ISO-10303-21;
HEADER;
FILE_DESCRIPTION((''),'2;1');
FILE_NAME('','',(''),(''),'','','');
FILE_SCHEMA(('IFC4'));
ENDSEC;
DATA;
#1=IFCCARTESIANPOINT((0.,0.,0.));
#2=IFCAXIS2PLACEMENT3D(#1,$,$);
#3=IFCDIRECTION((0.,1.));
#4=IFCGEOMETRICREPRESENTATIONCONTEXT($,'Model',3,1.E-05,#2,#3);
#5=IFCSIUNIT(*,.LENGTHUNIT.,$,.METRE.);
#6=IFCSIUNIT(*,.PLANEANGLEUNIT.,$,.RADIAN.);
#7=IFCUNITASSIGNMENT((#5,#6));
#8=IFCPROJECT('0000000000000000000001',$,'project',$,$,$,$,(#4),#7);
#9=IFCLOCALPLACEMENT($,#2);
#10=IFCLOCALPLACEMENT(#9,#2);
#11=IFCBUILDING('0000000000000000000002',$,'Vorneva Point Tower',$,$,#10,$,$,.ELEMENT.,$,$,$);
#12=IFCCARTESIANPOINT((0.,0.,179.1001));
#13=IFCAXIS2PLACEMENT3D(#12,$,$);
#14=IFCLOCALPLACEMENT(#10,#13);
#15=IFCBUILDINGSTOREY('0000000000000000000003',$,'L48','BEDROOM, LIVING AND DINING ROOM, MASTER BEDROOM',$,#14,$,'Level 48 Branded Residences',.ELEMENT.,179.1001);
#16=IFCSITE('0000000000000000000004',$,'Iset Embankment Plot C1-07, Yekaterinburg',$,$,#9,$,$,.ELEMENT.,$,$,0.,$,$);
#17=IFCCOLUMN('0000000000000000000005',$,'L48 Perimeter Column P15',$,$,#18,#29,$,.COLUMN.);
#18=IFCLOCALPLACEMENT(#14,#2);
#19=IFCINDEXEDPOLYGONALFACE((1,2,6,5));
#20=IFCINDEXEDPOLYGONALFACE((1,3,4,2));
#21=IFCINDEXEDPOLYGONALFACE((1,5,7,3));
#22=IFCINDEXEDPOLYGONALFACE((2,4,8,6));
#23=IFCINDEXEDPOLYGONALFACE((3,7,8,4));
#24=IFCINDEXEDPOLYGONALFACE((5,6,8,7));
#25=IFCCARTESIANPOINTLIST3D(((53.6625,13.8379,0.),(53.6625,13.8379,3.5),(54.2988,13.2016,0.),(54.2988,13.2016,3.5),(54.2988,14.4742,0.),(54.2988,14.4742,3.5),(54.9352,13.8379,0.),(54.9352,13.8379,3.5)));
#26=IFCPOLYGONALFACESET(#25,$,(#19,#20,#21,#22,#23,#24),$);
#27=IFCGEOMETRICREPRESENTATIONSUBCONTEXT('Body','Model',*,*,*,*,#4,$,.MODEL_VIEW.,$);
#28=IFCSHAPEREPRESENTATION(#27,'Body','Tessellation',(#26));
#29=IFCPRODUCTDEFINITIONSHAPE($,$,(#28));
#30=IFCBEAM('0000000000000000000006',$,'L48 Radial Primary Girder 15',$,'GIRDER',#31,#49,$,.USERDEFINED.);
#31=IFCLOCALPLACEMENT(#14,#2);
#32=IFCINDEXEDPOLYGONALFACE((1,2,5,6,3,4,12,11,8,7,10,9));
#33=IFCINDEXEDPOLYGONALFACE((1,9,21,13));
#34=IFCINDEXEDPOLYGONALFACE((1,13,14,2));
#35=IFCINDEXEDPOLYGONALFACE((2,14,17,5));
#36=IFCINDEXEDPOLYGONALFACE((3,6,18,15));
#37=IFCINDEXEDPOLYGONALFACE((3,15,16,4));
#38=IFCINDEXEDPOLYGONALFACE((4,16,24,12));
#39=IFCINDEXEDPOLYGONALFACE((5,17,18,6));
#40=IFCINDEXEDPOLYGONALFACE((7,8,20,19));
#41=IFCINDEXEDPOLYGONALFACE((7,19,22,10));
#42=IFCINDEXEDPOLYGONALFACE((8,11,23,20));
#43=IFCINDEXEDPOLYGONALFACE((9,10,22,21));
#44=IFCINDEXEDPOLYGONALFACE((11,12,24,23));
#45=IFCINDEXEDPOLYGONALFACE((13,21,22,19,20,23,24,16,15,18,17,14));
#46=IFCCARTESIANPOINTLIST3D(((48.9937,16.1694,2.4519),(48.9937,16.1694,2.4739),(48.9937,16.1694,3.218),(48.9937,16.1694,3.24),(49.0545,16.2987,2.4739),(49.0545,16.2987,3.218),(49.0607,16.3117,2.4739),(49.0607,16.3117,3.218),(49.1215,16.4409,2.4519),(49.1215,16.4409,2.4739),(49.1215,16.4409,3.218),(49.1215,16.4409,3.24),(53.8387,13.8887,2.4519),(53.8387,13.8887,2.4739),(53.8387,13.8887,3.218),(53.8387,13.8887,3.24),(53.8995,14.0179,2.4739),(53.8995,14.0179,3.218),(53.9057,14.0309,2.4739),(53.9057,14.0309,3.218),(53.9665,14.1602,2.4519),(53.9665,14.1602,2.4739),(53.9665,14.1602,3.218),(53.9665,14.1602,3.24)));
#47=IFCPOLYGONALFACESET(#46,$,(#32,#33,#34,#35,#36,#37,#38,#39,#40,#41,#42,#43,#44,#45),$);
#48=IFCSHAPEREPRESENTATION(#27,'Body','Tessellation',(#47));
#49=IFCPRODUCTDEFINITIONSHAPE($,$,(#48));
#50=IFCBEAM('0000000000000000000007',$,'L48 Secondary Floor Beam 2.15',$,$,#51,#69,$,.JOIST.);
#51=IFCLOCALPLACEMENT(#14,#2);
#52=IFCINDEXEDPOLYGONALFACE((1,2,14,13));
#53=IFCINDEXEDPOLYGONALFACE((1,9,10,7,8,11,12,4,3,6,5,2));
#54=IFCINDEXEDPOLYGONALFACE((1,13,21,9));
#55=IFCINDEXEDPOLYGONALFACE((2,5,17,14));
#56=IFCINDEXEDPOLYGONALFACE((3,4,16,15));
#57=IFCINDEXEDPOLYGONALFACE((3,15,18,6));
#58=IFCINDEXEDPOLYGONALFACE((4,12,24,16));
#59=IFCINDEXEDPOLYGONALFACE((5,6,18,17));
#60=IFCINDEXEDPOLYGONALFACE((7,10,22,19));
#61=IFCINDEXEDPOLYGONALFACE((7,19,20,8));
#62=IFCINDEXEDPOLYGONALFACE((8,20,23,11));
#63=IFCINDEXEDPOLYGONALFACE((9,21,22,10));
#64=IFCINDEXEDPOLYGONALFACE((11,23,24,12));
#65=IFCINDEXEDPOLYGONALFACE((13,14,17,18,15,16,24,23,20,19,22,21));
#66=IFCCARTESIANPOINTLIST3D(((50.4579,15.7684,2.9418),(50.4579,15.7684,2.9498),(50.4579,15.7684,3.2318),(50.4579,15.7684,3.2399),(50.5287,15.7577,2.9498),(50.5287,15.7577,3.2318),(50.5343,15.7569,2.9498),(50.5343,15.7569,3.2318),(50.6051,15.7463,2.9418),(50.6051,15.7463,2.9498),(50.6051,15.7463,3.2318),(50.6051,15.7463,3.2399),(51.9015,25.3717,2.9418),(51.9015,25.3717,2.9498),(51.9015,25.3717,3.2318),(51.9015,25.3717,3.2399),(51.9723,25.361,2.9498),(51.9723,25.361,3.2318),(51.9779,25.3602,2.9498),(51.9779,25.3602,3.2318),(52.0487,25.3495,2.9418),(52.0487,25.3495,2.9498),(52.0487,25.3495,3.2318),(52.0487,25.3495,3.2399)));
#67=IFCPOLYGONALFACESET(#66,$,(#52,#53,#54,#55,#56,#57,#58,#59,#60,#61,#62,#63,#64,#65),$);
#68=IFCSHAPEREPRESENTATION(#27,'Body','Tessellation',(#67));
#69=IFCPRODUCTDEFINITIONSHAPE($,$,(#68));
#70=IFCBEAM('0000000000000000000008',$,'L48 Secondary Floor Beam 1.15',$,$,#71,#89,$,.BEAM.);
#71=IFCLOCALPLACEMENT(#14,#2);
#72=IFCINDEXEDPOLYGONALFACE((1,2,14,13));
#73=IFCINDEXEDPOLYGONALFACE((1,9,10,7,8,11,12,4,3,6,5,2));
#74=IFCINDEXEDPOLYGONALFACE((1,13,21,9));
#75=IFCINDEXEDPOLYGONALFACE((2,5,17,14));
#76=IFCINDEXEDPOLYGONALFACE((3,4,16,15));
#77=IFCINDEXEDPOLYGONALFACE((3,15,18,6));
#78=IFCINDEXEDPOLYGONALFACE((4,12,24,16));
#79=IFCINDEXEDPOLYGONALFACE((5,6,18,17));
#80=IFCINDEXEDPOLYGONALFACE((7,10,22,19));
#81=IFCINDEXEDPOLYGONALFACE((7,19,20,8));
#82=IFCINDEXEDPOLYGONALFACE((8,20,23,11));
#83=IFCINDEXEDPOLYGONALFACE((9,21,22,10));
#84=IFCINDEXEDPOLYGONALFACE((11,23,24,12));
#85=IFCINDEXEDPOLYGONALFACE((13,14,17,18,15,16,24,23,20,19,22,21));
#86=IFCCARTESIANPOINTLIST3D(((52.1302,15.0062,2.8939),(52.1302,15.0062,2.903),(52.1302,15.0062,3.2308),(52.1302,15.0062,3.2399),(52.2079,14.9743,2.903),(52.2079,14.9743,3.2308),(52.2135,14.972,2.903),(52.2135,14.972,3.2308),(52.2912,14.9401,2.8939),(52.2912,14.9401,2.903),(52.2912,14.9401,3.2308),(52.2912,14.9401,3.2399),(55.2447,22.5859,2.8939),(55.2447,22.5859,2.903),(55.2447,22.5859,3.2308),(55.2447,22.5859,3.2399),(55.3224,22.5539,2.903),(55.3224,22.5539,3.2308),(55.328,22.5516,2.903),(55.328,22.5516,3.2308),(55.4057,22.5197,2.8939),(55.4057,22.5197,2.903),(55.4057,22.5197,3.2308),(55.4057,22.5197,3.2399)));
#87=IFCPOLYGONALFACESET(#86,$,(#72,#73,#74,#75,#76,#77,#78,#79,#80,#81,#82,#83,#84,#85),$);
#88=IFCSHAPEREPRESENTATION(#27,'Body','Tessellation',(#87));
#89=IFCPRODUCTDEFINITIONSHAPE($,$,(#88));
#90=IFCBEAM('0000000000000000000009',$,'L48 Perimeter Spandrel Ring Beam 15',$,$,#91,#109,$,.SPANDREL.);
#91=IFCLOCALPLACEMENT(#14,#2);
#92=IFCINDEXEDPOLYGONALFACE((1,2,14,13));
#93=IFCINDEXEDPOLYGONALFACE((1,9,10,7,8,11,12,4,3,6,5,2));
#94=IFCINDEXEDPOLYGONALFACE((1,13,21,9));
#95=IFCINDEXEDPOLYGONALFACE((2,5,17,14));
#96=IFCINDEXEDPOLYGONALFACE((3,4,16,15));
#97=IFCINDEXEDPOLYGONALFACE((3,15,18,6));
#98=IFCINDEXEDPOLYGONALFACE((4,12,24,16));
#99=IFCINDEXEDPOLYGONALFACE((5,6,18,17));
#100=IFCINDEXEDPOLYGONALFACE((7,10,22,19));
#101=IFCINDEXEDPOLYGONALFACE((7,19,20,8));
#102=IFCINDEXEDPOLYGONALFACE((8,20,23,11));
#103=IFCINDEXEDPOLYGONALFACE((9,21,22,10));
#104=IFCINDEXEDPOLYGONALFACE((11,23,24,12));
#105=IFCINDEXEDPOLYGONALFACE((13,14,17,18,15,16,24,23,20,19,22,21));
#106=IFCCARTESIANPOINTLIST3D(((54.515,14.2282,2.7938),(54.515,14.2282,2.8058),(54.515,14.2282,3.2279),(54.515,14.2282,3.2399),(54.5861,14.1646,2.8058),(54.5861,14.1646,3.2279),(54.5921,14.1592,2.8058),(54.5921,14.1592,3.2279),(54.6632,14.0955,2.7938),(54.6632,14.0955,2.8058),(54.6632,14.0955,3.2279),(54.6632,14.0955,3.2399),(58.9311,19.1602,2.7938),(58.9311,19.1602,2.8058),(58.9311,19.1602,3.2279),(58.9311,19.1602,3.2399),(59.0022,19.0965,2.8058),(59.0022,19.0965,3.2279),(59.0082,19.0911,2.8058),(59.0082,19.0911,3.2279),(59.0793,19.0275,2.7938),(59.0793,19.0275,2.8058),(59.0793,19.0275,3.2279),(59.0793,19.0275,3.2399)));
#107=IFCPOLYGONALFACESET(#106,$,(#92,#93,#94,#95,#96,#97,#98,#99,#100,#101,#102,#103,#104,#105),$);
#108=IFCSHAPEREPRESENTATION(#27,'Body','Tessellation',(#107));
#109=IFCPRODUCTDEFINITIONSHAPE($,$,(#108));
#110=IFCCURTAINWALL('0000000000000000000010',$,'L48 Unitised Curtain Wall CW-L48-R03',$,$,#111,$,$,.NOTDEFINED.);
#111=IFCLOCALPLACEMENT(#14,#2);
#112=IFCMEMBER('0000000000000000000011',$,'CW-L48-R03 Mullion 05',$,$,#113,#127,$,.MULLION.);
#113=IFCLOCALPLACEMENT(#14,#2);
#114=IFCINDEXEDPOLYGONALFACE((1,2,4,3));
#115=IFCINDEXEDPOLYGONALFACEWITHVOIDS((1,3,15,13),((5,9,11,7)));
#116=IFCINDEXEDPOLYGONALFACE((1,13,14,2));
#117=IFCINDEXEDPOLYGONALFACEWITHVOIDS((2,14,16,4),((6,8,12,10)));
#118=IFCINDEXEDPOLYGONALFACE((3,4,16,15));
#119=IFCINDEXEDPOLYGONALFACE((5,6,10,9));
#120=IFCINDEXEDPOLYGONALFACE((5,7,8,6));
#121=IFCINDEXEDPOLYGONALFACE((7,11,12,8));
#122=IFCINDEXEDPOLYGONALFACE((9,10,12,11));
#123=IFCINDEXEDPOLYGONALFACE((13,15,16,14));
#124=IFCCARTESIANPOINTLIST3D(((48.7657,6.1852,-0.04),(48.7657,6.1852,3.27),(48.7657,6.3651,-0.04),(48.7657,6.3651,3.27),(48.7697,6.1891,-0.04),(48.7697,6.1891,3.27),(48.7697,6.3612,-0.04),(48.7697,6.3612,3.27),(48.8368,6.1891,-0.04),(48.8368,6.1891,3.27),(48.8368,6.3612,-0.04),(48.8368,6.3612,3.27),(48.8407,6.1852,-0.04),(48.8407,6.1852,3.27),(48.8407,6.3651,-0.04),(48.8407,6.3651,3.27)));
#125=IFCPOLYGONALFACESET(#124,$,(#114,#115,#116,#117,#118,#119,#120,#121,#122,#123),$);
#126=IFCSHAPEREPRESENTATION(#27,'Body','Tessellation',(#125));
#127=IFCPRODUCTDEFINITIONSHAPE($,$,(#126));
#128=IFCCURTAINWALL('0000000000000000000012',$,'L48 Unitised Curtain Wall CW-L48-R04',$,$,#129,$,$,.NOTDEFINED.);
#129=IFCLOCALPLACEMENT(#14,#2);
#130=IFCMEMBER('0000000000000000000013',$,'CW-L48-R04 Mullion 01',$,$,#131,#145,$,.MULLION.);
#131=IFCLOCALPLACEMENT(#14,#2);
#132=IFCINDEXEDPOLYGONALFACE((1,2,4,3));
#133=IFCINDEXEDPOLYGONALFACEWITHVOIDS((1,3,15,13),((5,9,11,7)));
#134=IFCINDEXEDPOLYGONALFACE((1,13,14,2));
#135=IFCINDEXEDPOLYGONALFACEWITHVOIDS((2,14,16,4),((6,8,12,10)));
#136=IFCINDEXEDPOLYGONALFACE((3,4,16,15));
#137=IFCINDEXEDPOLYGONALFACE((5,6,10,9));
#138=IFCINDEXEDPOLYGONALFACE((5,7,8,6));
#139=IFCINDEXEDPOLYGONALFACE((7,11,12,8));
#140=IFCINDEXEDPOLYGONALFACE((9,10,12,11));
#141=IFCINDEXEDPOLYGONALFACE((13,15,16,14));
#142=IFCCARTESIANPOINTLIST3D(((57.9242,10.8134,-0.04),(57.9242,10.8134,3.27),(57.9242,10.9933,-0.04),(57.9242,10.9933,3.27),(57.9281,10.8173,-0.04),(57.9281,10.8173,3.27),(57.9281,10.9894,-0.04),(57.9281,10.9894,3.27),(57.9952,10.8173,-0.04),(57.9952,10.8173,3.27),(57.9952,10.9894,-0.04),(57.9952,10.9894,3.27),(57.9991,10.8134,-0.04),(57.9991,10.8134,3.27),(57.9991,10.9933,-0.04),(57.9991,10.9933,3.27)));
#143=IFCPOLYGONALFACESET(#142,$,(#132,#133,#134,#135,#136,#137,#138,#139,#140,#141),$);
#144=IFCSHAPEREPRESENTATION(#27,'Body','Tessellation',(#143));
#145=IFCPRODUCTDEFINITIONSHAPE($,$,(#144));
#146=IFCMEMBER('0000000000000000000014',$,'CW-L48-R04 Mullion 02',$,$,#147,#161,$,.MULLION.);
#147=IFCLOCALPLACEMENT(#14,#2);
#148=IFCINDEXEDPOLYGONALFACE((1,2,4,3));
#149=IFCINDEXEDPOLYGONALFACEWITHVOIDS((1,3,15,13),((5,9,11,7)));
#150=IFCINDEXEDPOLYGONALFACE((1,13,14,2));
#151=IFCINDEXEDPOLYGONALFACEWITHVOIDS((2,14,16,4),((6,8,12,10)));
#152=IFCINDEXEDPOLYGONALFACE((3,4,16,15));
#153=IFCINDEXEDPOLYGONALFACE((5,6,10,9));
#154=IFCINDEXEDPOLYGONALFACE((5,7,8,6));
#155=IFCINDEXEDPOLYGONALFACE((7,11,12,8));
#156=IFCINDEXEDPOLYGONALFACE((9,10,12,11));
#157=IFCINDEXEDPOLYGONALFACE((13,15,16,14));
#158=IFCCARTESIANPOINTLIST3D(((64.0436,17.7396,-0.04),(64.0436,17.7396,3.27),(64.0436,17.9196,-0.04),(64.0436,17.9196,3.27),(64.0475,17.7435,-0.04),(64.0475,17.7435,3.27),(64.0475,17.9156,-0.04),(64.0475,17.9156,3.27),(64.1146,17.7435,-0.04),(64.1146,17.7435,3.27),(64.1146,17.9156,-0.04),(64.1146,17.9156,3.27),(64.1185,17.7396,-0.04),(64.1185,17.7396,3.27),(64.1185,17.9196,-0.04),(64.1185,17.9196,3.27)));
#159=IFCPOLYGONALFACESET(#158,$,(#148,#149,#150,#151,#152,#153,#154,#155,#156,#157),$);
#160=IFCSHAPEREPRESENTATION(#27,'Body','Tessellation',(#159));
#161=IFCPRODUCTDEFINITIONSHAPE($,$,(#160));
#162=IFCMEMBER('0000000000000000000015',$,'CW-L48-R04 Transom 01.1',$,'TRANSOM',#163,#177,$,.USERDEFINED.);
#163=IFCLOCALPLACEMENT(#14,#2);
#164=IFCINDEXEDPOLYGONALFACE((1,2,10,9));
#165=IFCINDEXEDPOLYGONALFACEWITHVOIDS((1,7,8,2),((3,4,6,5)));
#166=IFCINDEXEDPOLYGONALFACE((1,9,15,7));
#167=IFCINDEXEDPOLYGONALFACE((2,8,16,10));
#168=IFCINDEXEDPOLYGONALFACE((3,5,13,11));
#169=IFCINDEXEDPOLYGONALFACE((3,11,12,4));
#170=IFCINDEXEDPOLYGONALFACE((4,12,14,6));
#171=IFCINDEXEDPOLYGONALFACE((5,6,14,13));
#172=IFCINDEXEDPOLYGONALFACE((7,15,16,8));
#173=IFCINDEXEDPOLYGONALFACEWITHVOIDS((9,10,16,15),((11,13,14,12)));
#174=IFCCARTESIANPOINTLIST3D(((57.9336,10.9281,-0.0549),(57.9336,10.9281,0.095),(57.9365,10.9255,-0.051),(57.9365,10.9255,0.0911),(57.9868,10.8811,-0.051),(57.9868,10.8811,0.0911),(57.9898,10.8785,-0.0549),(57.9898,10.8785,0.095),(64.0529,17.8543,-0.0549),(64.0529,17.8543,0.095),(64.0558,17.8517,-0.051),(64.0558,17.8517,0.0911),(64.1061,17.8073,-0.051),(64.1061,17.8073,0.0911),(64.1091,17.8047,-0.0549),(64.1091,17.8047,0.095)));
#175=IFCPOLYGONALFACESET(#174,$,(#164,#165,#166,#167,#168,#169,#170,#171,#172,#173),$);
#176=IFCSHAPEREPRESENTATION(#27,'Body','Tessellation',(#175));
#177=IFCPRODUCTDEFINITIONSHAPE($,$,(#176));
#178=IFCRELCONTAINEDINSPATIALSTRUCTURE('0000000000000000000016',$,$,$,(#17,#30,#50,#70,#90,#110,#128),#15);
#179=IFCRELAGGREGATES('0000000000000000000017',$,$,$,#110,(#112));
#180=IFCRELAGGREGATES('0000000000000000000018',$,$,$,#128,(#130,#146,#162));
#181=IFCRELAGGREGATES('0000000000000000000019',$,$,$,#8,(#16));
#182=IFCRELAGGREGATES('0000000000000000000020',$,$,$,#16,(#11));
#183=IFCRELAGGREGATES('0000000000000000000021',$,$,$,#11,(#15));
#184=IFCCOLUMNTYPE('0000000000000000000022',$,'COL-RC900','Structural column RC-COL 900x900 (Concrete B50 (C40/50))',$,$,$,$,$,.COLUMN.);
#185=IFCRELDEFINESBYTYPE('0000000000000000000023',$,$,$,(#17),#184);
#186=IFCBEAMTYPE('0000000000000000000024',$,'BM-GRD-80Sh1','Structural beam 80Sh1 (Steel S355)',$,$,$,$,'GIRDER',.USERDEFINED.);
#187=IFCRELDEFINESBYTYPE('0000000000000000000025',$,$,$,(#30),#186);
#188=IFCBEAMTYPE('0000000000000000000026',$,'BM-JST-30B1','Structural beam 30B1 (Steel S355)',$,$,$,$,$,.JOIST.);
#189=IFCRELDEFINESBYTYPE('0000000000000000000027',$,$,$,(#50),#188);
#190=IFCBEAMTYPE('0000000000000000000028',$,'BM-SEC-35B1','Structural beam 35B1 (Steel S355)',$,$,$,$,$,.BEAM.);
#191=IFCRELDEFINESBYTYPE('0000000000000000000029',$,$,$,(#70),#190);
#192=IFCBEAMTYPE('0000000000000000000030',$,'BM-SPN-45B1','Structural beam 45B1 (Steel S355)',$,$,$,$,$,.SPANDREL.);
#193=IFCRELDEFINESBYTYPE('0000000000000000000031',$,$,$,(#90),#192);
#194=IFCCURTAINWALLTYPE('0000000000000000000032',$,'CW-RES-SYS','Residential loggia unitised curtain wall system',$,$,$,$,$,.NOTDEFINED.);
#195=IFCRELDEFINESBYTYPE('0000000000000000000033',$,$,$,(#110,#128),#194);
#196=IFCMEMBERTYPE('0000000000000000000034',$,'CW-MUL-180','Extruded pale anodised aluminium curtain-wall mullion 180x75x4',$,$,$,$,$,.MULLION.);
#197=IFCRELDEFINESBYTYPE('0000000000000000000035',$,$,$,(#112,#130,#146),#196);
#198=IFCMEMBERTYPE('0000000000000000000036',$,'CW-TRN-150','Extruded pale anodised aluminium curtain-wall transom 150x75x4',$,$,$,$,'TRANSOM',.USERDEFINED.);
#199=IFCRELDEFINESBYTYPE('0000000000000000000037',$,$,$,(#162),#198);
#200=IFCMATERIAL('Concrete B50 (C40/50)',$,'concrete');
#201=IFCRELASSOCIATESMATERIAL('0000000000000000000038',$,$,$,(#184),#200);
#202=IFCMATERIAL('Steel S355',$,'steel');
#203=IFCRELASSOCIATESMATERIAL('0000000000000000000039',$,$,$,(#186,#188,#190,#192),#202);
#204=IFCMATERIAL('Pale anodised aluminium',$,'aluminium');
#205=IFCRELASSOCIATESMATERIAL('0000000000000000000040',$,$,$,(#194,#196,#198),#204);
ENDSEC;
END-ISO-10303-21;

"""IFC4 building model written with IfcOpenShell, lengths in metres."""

from ifc_helpers import new_model, si_unit, direction, frame, origin, origin_2d, place, context, subcontext, project, spatial, rectangle, hollow_rectangle, i_section, extrude, material, material_profile, profile_set, type_object, element, aggregate, save


model = new_model("IFC4")

# Units and contexts
model_context = context("Model", 3, precision=1e-05, world=origin(), true_north=direction((0.0, 1.0)))
body_context = subcontext(model_context, "Body", "Model", "MODEL_VIEW")
ifc_project = project(units=[si_unit("LENGTHUNIT", "METRE"), si_unit("PLANEANGLEUNIT", "RADIAN")], contexts=[model_context])

# Site, building, storey
site_placement = place(None, origin())
site = spatial("IfcSite", under=ifc_project, at=site_placement, Name="Iset Embankment Plot C1-07, Yekaterinburg", CompositionType="ELEMENT", RefElevation=0.0)
building_placement = place(site_placement, origin())
building = spatial("IfcBuilding", under=site, at=building_placement, Name="Vorneva Point Tower", CompositionType="ELEMENT")
storey_placement = place(building_placement, frame((0.0, 0.0, 179.1001)))
storey = spatial("IfcBuildingStorey", under=building, at=storey_placement, Name="L48", Description="BEDROOM, LIVING AND DINING ROOM, MASTER BEDROOM", LongName="Level 48 Branded Residences", CompositionType="ELEMENT", Elevation=179.1001)

# Column
ifc_material_1 = material(Name="Concrete B50 (C40/50)", Category="concrete")
ifc_material_profile_1 = material_profile(ifc_material_1, rectangle(XDim=0.8999, YDim=0.8999, at=origin_2d()), Name="RC-COL 900x900")
ifc_profile_set_1 = profile_set([ifc_material_profile_1], Name="Concrete B50 (C40/50)")
column_type = type_object("IfcColumnType", Name="COL-RC900", Description="Structural column RC-COL 900x900 (Concrete B50 (C40/50))", PredefinedType="COLUMN", material=ifc_profile_set_1)
column_placement = place(storey_placement, frame((54.2988, 13.8379, 0.0), z_axis=(0.0, 0.0, 1.0), x_axis=(0.707107, -0.707107, 0.0)))
element("IfcColumn", 1, at=column_placement, inside=storey, type_object=column_type, Name="L48 Perimeter Column P15", PredefinedType="COLUMN", context=body_context, shape_type="SweptSolid", body=[
    extrude(rectangle(XDim=0.8999, YDim=0.8999, at=origin_2d()), origin(), (0.0, 0.0, 1.0), 3.5),
])

# Beams
ifc_material_2 = material(Name="Steel S355", Category="steel")
ifc_material_profile_2 = material_profile(ifc_material_2, i_section(OverallWidth=0.3, OverallDepth=0.7881, WebThickness=0.0144, FlangeThickness=0.022, at=origin_2d()), Name="80Sh1")
ifc_profile_set_2 = profile_set([ifc_material_profile_2], Name="Steel S355")
beam_type_1 = type_object("IfcBeamType", Name="BM-GRD-80Sh1", Description="Structural beam 80Sh1 (Steel S355)", ElementType="GIRDER", PredefinedType="USERDEFINED", material=ifc_profile_set_2)
beam_1_placement = place(storey_placement, frame((53.9026, 14.0244, 2.8459), z_axis=(-0.904763, 0.425916, 0.0), x_axis=(-0.425916, -0.904763, 0.0)))
element("IfcBeam", 2, at=beam_1_placement, inside=storey, type_object=beam_type_1, Name="L48 Radial Primary Girder 15", ObjectType="GIRDER", PredefinedType="USERDEFINED", context=body_context, shape_type="SweptSolid", body=[
    extrude(i_section(OverallWidth=0.3, OverallDepth=0.7881, WebThickness=0.0144, FlangeThickness=0.022, at=origin_2d()), origin(), (0.0, 0.0, 1.0), 5.355),
])
ifc_material_profile_3 = material_profile(ifc_material_2, i_section(OverallWidth=0.1489, OverallDepth=0.2981, WebThickness=0.0056, FlangeThickness=0.0081, at=origin_2d()), Name="30B1")
ifc_profile_set_3 = profile_set([ifc_material_profile_3], Name="Steel S355")
beam_type_2 = type_object("IfcBeamType", Name="BM-JST-30B1", Description="Structural beam 30B1 (Steel S355)", PredefinedType="JOIST", material=ifc_profile_set_3)
beam_2_placement = place(storey_placement, frame((50.5315, 15.7573, 3.0908), z_axis=(0.148654, 0.988889, 0.0), x_axis=(-0.988889, 0.148654, 0.0)))
element("IfcBeam", 3, at=beam_2_placement, inside=storey, type_object=beam_type_2, Name="L48 Secondary Floor Beam 2.15", PredefinedType="JOIST", context=body_context, shape_type="SweptSolid", body=[
    extrude(i_section(OverallWidth=0.1489, OverallDepth=0.2981, WebThickness=0.0056, FlangeThickness=0.0081, at=origin_2d()), origin(), (0.0, 0.0, 1.0), 9.7112),
])
ifc_material_profile_4 = material_profile(ifc_material_2, i_section(OverallWidth=0.1741, OverallDepth=0.3459, WebThickness=0.0061, FlangeThickness=0.009, at=origin_2d()), Name="35B1")
ifc_profile_set_4 = profile_set([ifc_material_profile_4], Name="Steel S355")
beam_type_3 = type_object("IfcBeamType", Name="BM-SEC-35B1", Description="Structural beam 35B1 (Steel S355)", PredefinedType="BEAM", material=ifc_profile_set_4)
beam_3_placement = place(storey_placement, frame((52.2107, 14.9731, 3.0669), z_axis=(0.380071, 0.924957, 0.0), x_axis=(-0.924957, 0.380071, 0.0)))
element("IfcBeam", 4, at=beam_3_placement, inside=storey, type_object=beam_type_3, Name="L48 Secondary Floor Beam 1.15", PredefinedType="BEAM", context=body_context, shape_type="SweptSolid", body=[
    extrude(i_section(OverallWidth=0.1741, OverallDepth=0.3459, WebThickness=0.0061, FlangeThickness=0.009, at=origin_2d()), origin(), (0.0, 0.0, 1.0), 8.1946),
])
ifc_material_profile_5 = material_profile(ifc_material_2, i_section(OverallWidth=0.199, OverallDepth=0.446, WebThickness=0.0081, FlangeThickness=0.012, at=origin_2d()), Name="45B1")
ifc_profile_set_5 = profile_set([ifc_material_profile_5], Name="Steel S355")
beam_type_4 = type_object("IfcBeamType", Name="BM-SPN-45B1", Description="Structural beam 45B1 (Steel S355)", PredefinedType="SPANDREL", material=ifc_profile_set_5)
beam_4_placement = place(storey_placement, frame((54.5891, 14.1619, 3.0168), z_axis=(0.66707, 0.744995, 0.0), x_axis=(-0.744995, 0.66707, 0.0)))
element("IfcBeam", 5, at=beam_4_placement, inside=storey, type_object=beam_type_4, Name="L48 Perimeter Spandrel Ring Beam 15", PredefinedType="SPANDREL", context=body_context, shape_type="SweptSolid", body=[
    extrude(i_section(OverallWidth=0.199, OverallDepth=0.446, WebThickness=0.0081, FlangeThickness=0.012, at=origin_2d()), origin(), (0.0, 0.0, 1.0), 6.6201),
])

# Curtain wall, member
ifc_material_3 = material(Name="Pale anodised aluminium", Category="aluminium")
curtain_wall_type = type_object("IfcCurtainWallType", Name="CW-RES-SYS", Description="Residential loggia unitised curtain wall system", PredefinedType="NOTDEFINED", material=ifc_material_3)
curtain_wall_1_placement = place(storey_placement, origin())
curtain_wall_1 = element("IfcCurtainWall", 6, at=curtain_wall_1_placement, inside=storey, type_object=curtain_wall_type, Name="L48 Unitised Curtain Wall CW-L48-R03", PredefinedType="NOTDEFINED")
ifc_material_profile_6 = material_profile(ifc_material_3, hollow_rectangle(XDim=0.075, YDim=0.1799, WallThickness=0.0039, at=origin_2d()), Name="AL-MUL 180x75x4")
ifc_profile_set_6 = profile_set([ifc_material_profile_6], Name="Pale anodised aluminium")
member_type_1 = type_object("IfcMemberType", Name="CW-MUL-180", Description="Extruded pale anodised aluminium curtain-wall mullion 180x75x4", PredefinedType="MULLION", material=ifc_profile_set_6)
member_1_placement = place(storey_placement, frame((48.8032, 6.2751, -0.04), z_axis=(0.0, 0.0, 1.0), x_axis=(1.0, 0.0, 0.0)))
member_1 = element("IfcMember", 7, at=member_1_placement, type_object=member_type_1, Name="CW-L48-R03 Mullion 05", PredefinedType="MULLION", context=body_context, shape_type="SweptSolid", body=[
    extrude(hollow_rectangle(XDim=0.075, YDim=0.1799, WallThickness=0.0039, at=origin_2d()), origin(), (0.0, 0.0, 1.0), 3.3101),
])
aggregate(curtain_wall_1, [member_1])

# Curtain wall, members
curtain_wall_2_placement = place(storey_placement, origin())
curtain_wall_2 = element("IfcCurtainWall", 8, at=curtain_wall_2_placement, inside=storey, type_object=curtain_wall_type, Name="L48 Unitised Curtain Wall CW-L48-R04", PredefinedType="NOTDEFINED")
member_2_placement = place(storey_placement, frame((57.9617, 10.9033, -0.04), z_axis=(0.0, 0.0, 1.0), x_axis=(1.0, 0.0, 0.0)))
member_2 = element("IfcMember", 9, at=member_2_placement, type_object=member_type_1, Name="CW-L48-R04 Mullion 01", PredefinedType="MULLION", context=body_context, shape_type="SweptSolid", body=[
    extrude(hollow_rectangle(XDim=0.075, YDim=0.1799, WallThickness=0.0039, at=origin_2d()), origin(), (0.0, 0.0, 1.0), 3.3101),
])
member_3_placement = place(storey_placement, frame((64.0811, 17.8296, -0.04), z_axis=(0.0, 0.0, 1.0), x_axis=(1.0, 0.0, 0.0)))
member_3 = element("IfcMember", 10, at=member_3_placement, type_object=member_type_1, Name="CW-L48-R04 Mullion 02", PredefinedType="MULLION", context=body_context, shape_type="SweptSolid", body=[
    extrude(hollow_rectangle(XDim=0.075, YDim=0.1799, WallThickness=0.0039, at=origin_2d()), origin(), (0.0, 0.0, 1.0), 3.3101),
])
ifc_material_profile_7 = material_profile(ifc_material_3, hollow_rectangle(XDim=0.075, YDim=0.1499, WallThickness=0.0039, at=origin_2d()), Name="AL-TRN 150x75x4")
ifc_profile_set_7 = profile_set([ifc_material_profile_7], Name="Pale anodised aluminium")
member_type_2 = type_object("IfcMemberType", Name="CW-TRN-150", Description="Extruded pale anodised aluminium curtain-wall transom 150x75x4", ElementType="TRANSOM", PredefinedType="USERDEFINED", material=ifc_profile_set_7)
member_4_placement = place(storey_placement, frame((57.9617, 10.9033, 0.02), z_axis=(0.662106, 0.74941, 0.0), x_axis=(-0.74941, 0.662106, 0.0)))
member_4 = element("IfcMember", 11, at=member_4_placement, type_object=member_type_2, Name="CW-L48-R04 Transom 01.1", ObjectType="TRANSOM", PredefinedType="USERDEFINED", context=body_context, shape_type="SweptSolid", body=[
    extrude(hollow_rectangle(XDim=0.075, YDim=0.1499, WallThickness=0.0039, at=origin_2d()), origin(), (0.0, 0.0, 1.0), 9.2422),
])
aggregate(curtain_wall_2, [member_2, member_3, member_4])

save(model, "model.ifc")
